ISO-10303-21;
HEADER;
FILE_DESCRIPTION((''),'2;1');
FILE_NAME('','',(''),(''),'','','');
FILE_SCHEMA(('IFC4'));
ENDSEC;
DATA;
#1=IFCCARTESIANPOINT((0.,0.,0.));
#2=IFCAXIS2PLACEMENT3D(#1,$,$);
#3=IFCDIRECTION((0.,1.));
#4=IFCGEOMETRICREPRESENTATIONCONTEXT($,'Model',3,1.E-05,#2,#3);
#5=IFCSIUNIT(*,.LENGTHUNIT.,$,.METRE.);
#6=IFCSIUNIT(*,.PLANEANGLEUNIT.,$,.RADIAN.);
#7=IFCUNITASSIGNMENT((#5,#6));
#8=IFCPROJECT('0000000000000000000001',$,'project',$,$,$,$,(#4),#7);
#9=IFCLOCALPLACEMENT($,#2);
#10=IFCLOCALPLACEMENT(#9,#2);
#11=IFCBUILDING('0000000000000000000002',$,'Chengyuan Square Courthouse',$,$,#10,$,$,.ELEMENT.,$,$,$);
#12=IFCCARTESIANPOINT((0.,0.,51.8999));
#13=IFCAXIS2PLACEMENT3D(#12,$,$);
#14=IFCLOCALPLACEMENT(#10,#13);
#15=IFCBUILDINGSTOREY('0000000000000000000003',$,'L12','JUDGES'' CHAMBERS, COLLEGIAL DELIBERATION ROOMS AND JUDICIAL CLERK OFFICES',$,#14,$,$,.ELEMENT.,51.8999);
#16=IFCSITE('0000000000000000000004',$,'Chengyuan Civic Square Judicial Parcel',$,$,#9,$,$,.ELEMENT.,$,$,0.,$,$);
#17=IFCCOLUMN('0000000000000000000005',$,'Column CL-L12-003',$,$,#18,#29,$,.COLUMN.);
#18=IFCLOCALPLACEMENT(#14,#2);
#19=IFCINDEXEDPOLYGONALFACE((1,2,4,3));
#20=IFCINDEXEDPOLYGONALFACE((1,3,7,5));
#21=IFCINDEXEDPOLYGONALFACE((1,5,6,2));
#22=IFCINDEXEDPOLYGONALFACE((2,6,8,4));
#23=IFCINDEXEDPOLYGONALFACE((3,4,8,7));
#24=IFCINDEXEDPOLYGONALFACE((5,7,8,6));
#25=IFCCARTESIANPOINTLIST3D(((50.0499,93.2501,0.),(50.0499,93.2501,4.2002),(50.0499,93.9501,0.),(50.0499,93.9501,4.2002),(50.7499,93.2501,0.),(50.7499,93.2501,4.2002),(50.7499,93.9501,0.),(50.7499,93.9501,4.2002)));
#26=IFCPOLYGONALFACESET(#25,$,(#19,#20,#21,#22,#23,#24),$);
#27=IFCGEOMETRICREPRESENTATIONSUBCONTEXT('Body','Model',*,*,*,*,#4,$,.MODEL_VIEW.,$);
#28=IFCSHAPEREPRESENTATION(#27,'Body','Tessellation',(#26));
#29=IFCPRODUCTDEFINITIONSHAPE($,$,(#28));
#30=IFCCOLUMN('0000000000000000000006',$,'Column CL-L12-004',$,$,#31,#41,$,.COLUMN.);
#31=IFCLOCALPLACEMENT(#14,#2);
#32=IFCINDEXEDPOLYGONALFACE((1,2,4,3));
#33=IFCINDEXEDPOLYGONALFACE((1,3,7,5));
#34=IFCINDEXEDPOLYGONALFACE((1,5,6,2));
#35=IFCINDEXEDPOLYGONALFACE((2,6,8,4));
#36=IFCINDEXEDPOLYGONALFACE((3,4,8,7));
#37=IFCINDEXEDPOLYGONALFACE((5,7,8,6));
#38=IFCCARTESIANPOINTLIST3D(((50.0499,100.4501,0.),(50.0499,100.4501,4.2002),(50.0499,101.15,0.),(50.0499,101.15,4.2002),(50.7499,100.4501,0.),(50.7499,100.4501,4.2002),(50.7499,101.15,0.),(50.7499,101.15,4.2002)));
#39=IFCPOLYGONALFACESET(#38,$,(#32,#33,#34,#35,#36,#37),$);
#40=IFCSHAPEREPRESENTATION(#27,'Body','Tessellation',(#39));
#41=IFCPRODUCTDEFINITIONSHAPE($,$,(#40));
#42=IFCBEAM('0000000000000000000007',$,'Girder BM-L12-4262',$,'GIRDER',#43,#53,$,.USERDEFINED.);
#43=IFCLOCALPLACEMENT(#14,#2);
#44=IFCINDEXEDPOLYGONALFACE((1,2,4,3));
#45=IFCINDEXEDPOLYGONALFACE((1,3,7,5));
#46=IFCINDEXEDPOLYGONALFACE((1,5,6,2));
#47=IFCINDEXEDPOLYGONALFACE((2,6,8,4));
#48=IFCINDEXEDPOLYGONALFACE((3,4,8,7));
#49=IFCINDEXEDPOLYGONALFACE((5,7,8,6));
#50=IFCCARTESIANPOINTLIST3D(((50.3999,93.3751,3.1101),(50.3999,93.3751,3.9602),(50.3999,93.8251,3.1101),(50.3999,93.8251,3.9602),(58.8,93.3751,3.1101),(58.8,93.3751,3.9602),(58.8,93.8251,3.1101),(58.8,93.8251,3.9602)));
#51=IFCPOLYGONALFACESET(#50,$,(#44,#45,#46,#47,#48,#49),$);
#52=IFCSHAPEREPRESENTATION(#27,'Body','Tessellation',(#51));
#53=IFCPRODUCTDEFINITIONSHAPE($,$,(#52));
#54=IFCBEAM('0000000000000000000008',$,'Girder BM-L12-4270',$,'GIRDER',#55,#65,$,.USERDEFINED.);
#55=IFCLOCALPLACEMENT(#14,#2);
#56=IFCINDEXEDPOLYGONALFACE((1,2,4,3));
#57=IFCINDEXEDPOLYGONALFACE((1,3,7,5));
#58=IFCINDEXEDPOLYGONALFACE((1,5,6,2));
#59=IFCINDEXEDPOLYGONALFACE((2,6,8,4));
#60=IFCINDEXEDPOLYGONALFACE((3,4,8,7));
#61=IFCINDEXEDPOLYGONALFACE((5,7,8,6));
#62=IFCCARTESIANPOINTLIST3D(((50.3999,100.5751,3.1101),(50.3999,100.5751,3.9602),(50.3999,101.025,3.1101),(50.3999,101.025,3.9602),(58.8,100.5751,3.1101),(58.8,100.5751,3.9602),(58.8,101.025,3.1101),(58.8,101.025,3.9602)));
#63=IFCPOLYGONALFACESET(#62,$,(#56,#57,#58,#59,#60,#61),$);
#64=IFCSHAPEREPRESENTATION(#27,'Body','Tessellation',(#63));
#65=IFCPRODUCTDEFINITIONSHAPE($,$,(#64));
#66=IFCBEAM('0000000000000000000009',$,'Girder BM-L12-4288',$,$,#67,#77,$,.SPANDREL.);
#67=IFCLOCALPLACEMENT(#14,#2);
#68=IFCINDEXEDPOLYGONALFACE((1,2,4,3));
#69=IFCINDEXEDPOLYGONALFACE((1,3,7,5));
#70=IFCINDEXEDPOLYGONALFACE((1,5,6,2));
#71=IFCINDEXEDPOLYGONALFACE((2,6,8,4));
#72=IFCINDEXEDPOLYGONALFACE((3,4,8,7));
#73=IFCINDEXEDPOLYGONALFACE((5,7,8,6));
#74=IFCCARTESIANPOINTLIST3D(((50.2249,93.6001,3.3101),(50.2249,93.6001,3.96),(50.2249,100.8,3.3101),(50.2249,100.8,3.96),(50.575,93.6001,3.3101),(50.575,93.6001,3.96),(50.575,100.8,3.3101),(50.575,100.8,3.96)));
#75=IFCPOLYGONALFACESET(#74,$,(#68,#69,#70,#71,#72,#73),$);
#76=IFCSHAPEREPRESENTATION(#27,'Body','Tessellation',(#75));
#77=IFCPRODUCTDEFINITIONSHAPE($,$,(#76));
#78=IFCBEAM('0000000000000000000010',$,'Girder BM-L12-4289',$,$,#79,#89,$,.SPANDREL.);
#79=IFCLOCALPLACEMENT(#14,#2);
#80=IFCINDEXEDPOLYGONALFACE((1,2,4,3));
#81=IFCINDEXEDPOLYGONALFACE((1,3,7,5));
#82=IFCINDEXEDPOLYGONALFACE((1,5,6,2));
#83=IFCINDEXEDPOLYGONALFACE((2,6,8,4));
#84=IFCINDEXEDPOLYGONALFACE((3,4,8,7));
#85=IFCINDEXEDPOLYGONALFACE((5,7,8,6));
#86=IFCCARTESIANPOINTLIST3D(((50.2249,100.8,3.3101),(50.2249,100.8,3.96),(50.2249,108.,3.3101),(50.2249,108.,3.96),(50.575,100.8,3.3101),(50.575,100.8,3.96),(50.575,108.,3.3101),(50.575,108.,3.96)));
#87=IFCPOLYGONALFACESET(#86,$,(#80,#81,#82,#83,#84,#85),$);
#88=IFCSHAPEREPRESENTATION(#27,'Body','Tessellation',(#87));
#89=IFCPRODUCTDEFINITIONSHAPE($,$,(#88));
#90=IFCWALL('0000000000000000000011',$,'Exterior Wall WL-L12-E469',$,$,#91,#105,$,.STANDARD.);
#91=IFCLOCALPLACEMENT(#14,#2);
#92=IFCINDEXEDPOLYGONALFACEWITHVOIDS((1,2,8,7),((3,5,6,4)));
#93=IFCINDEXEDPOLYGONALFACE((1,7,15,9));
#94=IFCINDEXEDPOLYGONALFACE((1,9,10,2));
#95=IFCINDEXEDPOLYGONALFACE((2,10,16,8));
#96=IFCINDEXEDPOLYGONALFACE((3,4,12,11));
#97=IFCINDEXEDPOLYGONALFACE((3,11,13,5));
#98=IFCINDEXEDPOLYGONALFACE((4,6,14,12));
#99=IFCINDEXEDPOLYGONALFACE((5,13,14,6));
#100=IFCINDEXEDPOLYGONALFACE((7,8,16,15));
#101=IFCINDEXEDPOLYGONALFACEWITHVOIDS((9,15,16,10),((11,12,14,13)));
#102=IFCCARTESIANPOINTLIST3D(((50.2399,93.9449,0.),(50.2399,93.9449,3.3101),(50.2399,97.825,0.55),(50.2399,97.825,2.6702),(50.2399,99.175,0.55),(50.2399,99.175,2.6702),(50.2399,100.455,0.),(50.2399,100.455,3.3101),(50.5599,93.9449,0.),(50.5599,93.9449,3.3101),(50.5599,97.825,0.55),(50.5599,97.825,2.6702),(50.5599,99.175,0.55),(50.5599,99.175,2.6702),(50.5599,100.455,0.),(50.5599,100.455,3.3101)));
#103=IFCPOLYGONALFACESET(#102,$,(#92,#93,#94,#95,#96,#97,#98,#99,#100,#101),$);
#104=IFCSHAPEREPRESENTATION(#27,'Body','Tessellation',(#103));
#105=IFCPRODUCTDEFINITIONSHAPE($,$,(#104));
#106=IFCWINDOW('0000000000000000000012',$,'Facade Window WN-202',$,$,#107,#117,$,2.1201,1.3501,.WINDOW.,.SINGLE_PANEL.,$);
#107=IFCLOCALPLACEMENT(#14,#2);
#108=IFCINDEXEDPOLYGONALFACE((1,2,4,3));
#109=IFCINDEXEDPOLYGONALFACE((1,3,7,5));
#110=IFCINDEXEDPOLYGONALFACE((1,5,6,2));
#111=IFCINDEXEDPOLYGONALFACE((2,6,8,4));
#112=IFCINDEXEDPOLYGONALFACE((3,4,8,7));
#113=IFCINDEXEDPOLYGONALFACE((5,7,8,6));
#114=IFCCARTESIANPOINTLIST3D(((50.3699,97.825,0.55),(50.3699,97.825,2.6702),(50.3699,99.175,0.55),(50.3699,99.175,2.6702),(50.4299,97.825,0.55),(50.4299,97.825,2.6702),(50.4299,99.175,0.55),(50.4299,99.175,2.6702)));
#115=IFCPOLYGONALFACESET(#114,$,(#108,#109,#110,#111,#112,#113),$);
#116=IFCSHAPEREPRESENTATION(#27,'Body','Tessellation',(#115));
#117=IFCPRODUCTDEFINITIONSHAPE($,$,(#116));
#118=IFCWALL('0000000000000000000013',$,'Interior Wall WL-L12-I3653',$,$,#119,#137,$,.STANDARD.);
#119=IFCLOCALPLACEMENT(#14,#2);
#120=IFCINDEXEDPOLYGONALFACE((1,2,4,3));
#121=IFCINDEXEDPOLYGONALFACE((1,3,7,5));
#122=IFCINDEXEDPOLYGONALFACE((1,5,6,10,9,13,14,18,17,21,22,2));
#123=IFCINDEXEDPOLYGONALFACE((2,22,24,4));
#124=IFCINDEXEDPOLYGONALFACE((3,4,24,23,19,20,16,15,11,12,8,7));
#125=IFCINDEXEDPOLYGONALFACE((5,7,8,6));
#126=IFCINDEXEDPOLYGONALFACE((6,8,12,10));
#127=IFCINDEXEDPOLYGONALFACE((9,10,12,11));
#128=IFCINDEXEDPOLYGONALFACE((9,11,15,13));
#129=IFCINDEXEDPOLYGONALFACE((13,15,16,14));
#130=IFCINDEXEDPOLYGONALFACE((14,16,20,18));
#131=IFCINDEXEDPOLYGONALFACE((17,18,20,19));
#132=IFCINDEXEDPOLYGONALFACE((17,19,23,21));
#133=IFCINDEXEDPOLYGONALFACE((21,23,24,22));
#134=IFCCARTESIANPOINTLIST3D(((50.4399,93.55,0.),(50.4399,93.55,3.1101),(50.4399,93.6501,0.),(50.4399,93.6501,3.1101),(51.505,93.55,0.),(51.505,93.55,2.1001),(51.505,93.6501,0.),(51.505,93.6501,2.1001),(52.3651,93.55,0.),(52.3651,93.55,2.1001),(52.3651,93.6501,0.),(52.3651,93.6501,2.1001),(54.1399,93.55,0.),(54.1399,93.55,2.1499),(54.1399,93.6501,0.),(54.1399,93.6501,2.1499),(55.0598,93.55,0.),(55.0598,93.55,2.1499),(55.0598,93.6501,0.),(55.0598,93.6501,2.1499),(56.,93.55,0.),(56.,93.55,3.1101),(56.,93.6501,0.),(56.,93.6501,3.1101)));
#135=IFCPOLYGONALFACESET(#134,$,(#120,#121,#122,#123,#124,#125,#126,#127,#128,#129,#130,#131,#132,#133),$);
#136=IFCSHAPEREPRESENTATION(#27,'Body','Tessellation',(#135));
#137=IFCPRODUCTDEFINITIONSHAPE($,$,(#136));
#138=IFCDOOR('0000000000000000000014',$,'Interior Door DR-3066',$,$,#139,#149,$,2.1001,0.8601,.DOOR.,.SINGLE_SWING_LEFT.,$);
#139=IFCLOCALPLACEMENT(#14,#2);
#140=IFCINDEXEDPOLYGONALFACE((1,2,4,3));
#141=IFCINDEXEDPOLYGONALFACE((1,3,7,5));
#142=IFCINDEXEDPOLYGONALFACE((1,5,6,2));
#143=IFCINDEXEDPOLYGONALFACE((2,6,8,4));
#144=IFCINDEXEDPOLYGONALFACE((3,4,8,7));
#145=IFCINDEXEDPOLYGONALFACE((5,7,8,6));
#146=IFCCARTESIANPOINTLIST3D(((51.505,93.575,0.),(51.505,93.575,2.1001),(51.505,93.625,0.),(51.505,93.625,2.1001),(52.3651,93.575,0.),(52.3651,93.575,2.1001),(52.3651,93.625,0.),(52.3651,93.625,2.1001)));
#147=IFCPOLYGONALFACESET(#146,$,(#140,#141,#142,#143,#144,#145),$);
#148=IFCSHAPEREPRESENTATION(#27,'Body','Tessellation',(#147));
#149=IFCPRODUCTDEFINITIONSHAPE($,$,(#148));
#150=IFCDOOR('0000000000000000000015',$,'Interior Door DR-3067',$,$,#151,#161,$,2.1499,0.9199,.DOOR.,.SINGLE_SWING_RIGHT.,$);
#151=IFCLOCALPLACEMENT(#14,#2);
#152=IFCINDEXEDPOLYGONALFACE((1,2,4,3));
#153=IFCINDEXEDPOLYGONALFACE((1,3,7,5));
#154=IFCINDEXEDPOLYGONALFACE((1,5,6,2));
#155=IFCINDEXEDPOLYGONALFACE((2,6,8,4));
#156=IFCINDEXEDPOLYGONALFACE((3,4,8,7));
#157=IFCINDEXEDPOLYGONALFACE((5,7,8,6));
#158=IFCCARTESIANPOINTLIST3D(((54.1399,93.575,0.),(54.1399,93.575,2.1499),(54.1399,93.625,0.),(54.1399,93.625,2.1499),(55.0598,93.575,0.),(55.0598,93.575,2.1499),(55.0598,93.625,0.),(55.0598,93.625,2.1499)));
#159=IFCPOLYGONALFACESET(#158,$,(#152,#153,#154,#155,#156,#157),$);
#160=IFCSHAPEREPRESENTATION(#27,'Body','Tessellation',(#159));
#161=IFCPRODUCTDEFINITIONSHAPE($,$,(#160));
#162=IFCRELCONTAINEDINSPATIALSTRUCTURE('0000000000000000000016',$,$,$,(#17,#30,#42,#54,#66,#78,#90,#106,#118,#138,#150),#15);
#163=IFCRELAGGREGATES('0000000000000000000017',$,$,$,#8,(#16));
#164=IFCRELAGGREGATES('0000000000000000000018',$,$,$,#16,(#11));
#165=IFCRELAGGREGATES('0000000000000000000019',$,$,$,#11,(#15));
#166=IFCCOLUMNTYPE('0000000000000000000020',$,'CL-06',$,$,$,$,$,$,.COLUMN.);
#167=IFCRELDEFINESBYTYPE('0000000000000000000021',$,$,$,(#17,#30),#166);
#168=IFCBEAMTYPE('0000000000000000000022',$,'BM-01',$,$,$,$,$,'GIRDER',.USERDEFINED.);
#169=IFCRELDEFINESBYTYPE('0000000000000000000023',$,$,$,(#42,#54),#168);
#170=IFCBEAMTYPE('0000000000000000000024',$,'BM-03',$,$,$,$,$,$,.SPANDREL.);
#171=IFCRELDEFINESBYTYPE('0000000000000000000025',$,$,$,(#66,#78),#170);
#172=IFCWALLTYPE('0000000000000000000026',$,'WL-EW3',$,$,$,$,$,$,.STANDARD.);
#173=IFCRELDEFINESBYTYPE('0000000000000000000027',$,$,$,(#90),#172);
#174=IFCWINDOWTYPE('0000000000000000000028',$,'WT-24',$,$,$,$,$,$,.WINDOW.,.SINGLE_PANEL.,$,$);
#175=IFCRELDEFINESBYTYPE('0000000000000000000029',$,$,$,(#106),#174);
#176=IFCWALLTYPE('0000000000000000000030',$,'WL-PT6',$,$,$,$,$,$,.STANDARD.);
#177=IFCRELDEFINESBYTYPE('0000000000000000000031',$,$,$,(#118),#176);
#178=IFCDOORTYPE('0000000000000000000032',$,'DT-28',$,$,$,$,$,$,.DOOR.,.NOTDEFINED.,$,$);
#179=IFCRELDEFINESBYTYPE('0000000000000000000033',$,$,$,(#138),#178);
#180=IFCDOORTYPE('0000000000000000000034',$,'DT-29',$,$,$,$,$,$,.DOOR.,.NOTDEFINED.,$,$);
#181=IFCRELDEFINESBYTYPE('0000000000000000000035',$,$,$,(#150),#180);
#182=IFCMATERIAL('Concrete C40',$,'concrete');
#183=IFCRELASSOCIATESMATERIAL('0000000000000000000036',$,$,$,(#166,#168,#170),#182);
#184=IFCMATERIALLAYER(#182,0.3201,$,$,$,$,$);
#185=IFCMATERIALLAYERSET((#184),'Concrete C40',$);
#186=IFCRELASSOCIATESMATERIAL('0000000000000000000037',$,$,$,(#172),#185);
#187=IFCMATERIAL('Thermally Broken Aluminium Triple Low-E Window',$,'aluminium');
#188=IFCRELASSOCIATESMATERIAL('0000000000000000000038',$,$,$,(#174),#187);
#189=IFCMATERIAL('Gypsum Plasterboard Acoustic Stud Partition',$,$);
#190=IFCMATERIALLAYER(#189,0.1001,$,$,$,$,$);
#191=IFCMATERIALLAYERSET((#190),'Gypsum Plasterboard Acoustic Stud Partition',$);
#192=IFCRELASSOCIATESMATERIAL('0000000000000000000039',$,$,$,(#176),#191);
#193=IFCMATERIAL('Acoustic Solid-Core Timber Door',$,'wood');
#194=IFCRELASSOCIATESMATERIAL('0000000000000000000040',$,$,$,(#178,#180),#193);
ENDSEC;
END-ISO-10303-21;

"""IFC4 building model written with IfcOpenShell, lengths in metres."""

from ifc_helpers import new_model, si_unit, direction, frame, frame_2d, origin, origin_2d, place, context, subcontext, project, spatial, rectangle, extrude, material, layer, layer_set, material_profile, profile_set, type_object, element, fill, save


model = new_model("IFC4")

# Units and contexts
model_context = context("Model", 3, precision=1e-05, world=origin(), true_north=direction((0.0, 1.0)))
body_context = subcontext(model_context, "Body", "Model", "MODEL_VIEW")
ifc_project = project(units=[si_unit("LENGTHUNIT", "METRE"), si_unit("PLANEANGLEUNIT", "RADIAN")], contexts=[model_context])

# Site, building, storey
site_placement = place(None, origin())
site = spatial("IfcSite", under=ifc_project, at=site_placement, Name="Chengyuan Civic Square Judicial Parcel", CompositionType="ELEMENT", RefElevation=0.0)
building_placement = place(site_placement, origin())
building = spatial("IfcBuilding", under=site, at=building_placement, Name="Chengyuan Square Courthouse", CompositionType="ELEMENT")
storey_placement = place(building_placement, frame((0.0, 0.0, 51.8999)))
storey = spatial("IfcBuildingStorey", under=building, at=storey_placement, Name="L12", Description="JUDGES' CHAMBERS, COLLEGIAL DELIBERATION ROOMS AND JUDICIAL CLERK OFFICES", CompositionType="ELEMENT", Elevation=51.8999)

# Columns
ifc_material_1 = material(Name="Concrete C40", Category="concrete")
ifc_material_profile_1 = material_profile(ifc_material_1, rectangle(XDim=0.7, YDim=0.7, at=origin_2d()), Name="RC-COL-700x700")
ifc_profile_set_1 = profile_set([ifc_material_profile_1], Name="Concrete C40")
column_type = type_object("IfcColumnType", Name="CL-06", PredefinedType="COLUMN", material=ifc_profile_set_1)
for number, where, z_axis, x_axis, name in (
    (1, (50.3999, 93.6001, 0.0), (0.0, 0.0, 1.0), (1.0, 0.0, 0.0), "Column CL-L12-003"),
    (2, (50.3999, 100.8, 0.0), (0.0, 0.0, 1.0), (1.0, 0.0, 0.0), "Column CL-L12-004"),
):
    element("IfcColumn", number, at=place(storey_placement, frame(where, z_axis=z_axis, x_axis=x_axis)), inside=storey, type_object=column_type, Name=name, PredefinedType="COLUMN", context=body_context, shape_type="SweptSolid", body=[
        extrude(rectangle(XDim=0.7, YDim=0.7, at=origin_2d()), origin(), (0.0, 0.0, 1.0), 4.2002),
    ])

# Beams
ifc_material_profile_2 = material_profile(ifc_material_1, rectangle(XDim=0.45, YDim=0.8501, at=origin_2d()), Name="RC-BM-450x850")
ifc_profile_set_2 = profile_set([ifc_material_profile_2], Name="Concrete C40")
beam_type_1 = type_object("IfcBeamType", Name="BM-01", ElementType="GIRDER", PredefinedType="USERDEFINED", material=ifc_profile_set_2)
for number, where, z_axis, x_axis, name in (
    (3, (50.3999, 93.6001, 3.5352), (1.0, 0.0, 0.0), (0.0, 1.0, 0.0), "Girder BM-L12-4262"),
    (4, (50.3999, 100.8, 3.5352), (1.0, 0.0, 0.0), (0.0, 1.0, 0.0), "Girder BM-L12-4270"),
):
    element("IfcBeam", number, at=place(storey_placement, frame(where, z_axis=z_axis, x_axis=x_axis)), inside=storey, type_object=beam_type_1, Name=name, ObjectType="GIRDER", PredefinedType="USERDEFINED", context=body_context, shape_type="SweptSolid", body=[
        extrude(rectangle(XDim=0.45, YDim=0.8501, at=origin_2d()), origin(), (0.0, 0.0, 1.0), 8.4001),
    ])
ifc_material_profile_3 = material_profile(ifc_material_1, rectangle(XDim=0.3501, YDim=0.6499, at=origin_2d()), Name="RC-BM-350x650")
ifc_profile_set_3 = profile_set([ifc_material_profile_3], Name="Concrete C40")
beam_type_2 = type_object("IfcBeamType", Name="BM-03", PredefinedType="SPANDREL", material=ifc_profile_set_3)
for number, where, z_axis, x_axis, name in (
    (5, (50.3999, 93.6001, 3.635), (0.0, 1.0, 0.0), (-1.0, 0.0, 0.0), "Girder BM-L12-4288"),
    (6, (50.3999, 100.8, 3.635), (0.0, 1.0, 0.0), (-1.0, 0.0, 0.0), "Girder BM-L12-4289"),
):
    element("IfcBeam", number, at=place(storey_placement, frame(where, z_axis=z_axis, x_axis=x_axis)), inside=storey, type_object=beam_type_2, Name=name, PredefinedType="SPANDREL", context=body_context, shape_type="SweptSolid", body=[
        extrude(rectangle(XDim=0.3501, YDim=0.6499, at=origin_2d()), origin(), (0.0, 0.0, 1.0), 7.2),
    ])

# Wall, opening, window
ifc_layer_1 = layer(ifc_material_1, 0.3201)
ifc_layer_set_1 = layer_set([ifc_layer_1], Name="Concrete C40")
wall_type_1 = type_object("IfcWallType", Name="WL-EW3", PredefinedType="STANDARD", material=ifc_layer_set_1)
wall_1_placement = place(storey_placement, frame((50.3999, 93.9451, 0.0), z_axis=(0.0, 0.0, 1.0), x_axis=(0.0, 1.0, 0.0)))
wall_1 = element("IfcWall", 7, at=wall_1_placement, inside=storey, type_object=wall_type_1, Name="Exterior Wall WL-L12-E469", PredefinedType="STANDARD", context=body_context, shape_type="SweptSolid", body=[
    extrude(rectangle(XDim=6.51, YDim=0.3201, at=frame_2d((3.2549, 0.0))), origin(), (0.0, 0.0, 1.0), 3.3101),
])
opening_1_placement = place(wall_1_placement, frame((3.8799, 0.0, 0.55)))
opening_1 = element("IfcOpeningElement", 8, at=opening_1_placement, cuts=wall_1, PredefinedType="OPENING", context=body_context, shape_type="SweptSolid", body=[
    extrude(rectangle(XDim=1.3501, YDim=2.1201, at=frame_2d((0.675, 1.0601))), frame((0.0, 0.1721, 0.0), z_axis=(0.0, -1.0, 0.0), x_axis=(1.0, 0.0, 0.0)), (0.0, 0.0, 1.0), 0.344),
])
ifc_material_2 = material(Name="Thermally Broken Aluminium Triple Low-E Window", Category="aluminium")
window_type = type_object("IfcWindowType", Name="WT-24", PartitioningType="SINGLE_PANEL", PredefinedType="WINDOW", material=ifc_material_2)
window_placement = place(opening_1_placement, origin())
window = element("IfcWindow", 9, at=window_placement, inside=storey, type_object=window_type, Name="Facade Window WN-202", OverallHeight=2.1201, OverallWidth=1.3501, PartitioningType="SINGLE_PANEL", PredefinedType="WINDOW", context=body_context, shape_type="SweptSolid", body=[
    extrude(rectangle(XDim=1.3501, YDim=2.1201, at=frame_2d((0.675, 1.0601))), frame((0.0, 0.03, 0.0), z_axis=(0.0, -1.0, 0.0), x_axis=(1.0, 0.0, 0.0)), (0.0, 0.0, 1.0), 0.0601),
])
fill(opening_1, window)

# Wall, openings, doors
ifc_material_3 = material(Name="Gypsum Plasterboard Acoustic Stud Partition")
ifc_layer_2 = layer(ifc_material_3, 0.1001)
ifc_layer_set_2 = layer_set([ifc_layer_2], Name="Gypsum Plasterboard Acoustic Stud Partition")
wall_type_2 = type_object("IfcWallType", Name="WL-PT6", PredefinedType="STANDARD", material=ifc_layer_set_2)
wall_2_placement = place(storey_placement, frame((50.4399, 93.6001, 0.0), z_axis=(0.0, 0.0, 1.0), x_axis=(1.0, 0.0, 0.0)))
wall_2 = element("IfcWall", 10, at=wall_2_placement, inside=storey, type_object=wall_type_2, Name="Interior Wall WL-L12-I3653", PredefinedType="STANDARD", context=body_context, shape_type="SweptSolid", body=[
    extrude(rectangle(XDim=5.5601, YDim=0.1001, at=frame_2d((2.78, 0.0))), origin(), (0.0, 0.0, 1.0), 3.1101),
])
opening_2_placement = place(wall_2_placement, frame((1.0649, 0.0, 0.0)))
opening_2 = element("IfcOpeningElement", 11, at=opening_2_placement, cuts=wall_2, PredefinedType="OPENING", context=body_context, shape_type="SweptSolid", body=[
    extrude(rectangle(XDim=0.8601, YDim=2.1001, at=frame_2d((0.4302, 1.05))), frame((0.0, 0.062, 0.0), z_axis=(0.0, -1.0, 0.0), x_axis=(1.0, 0.0, 0.0)), (0.0, 0.0, 1.0), 0.124),
])
opening_3_placement = place(wall_2_placement, frame((3.7, 0.0, 0.0)))
opening_3 = element("IfcOpeningElement", 12, at=opening_3_placement, cuts=wall_2, PredefinedType="OPENING", context=body_context, shape_type="SweptSolid", body=[
    extrude(rectangle(XDim=0.9199, YDim=2.1499, at=frame_2d((0.46, 1.075))), frame((0.0, 0.062, 0.0), z_axis=(0.0, -1.0, 0.0), x_axis=(1.0, 0.0, 0.0)), (0.0, 0.0, 1.0), 0.124),
])
ifc_material_4 = material(Name="Acoustic Solid-Core Timber Door", Category="wood")
door_type_1 = type_object("IfcDoorType", Name="DT-28", OperationType="NOTDEFINED", PredefinedType="DOOR", material=ifc_material_4)
door_1_placement = place(opening_2_placement, origin())
door_1 = element("IfcDoor", 13, at=door_1_placement, inside=storey, type_object=door_type_1, Name="Interior Door DR-3066", OperationType="SINGLE_SWING_LEFT", OverallHeight=2.1001, OverallWidth=0.8601, PredefinedType="DOOR", context=body_context, shape_type="SweptSolid", body=[
    extrude(rectangle(XDim=0.8601, YDim=2.1001, at=frame_2d((0.4302, 1.05))), frame((0.0, 0.0249, 0.0), z_axis=(0.0, -1.0, 0.0), x_axis=(1.0, 0.0, 0.0)), (0.0, 0.0, 1.0), 0.05),
])
fill(opening_2, door_1)
door_type_2 = type_object("IfcDoorType", Name="DT-29", OperationType="NOTDEFINED", PredefinedType="DOOR", material=ifc_material_4)
door_2_placement = place(opening_3_placement, origin())
door_2 = element("IfcDoor", 14, at=door_2_placement, inside=storey, type_object=door_type_2, Name="Interior Door DR-3067", OperationType="SINGLE_SWING_RIGHT", OverallHeight=2.1499, OverallWidth=0.9199, PredefinedType="DOOR", context=body_context, shape_type="SweptSolid", body=[
    extrude(rectangle(XDim=0.9199, YDim=2.1499, at=frame_2d((0.46, 1.075))), frame((0.0, 0.0249, 0.0), z_axis=(0.0, -1.0, 0.0), x_axis=(1.0, 0.0, 0.0)), (0.0, 0.0, 1.0), 0.05),
])
fill(opening_3, door_2)

save(model, "model.ifc")
